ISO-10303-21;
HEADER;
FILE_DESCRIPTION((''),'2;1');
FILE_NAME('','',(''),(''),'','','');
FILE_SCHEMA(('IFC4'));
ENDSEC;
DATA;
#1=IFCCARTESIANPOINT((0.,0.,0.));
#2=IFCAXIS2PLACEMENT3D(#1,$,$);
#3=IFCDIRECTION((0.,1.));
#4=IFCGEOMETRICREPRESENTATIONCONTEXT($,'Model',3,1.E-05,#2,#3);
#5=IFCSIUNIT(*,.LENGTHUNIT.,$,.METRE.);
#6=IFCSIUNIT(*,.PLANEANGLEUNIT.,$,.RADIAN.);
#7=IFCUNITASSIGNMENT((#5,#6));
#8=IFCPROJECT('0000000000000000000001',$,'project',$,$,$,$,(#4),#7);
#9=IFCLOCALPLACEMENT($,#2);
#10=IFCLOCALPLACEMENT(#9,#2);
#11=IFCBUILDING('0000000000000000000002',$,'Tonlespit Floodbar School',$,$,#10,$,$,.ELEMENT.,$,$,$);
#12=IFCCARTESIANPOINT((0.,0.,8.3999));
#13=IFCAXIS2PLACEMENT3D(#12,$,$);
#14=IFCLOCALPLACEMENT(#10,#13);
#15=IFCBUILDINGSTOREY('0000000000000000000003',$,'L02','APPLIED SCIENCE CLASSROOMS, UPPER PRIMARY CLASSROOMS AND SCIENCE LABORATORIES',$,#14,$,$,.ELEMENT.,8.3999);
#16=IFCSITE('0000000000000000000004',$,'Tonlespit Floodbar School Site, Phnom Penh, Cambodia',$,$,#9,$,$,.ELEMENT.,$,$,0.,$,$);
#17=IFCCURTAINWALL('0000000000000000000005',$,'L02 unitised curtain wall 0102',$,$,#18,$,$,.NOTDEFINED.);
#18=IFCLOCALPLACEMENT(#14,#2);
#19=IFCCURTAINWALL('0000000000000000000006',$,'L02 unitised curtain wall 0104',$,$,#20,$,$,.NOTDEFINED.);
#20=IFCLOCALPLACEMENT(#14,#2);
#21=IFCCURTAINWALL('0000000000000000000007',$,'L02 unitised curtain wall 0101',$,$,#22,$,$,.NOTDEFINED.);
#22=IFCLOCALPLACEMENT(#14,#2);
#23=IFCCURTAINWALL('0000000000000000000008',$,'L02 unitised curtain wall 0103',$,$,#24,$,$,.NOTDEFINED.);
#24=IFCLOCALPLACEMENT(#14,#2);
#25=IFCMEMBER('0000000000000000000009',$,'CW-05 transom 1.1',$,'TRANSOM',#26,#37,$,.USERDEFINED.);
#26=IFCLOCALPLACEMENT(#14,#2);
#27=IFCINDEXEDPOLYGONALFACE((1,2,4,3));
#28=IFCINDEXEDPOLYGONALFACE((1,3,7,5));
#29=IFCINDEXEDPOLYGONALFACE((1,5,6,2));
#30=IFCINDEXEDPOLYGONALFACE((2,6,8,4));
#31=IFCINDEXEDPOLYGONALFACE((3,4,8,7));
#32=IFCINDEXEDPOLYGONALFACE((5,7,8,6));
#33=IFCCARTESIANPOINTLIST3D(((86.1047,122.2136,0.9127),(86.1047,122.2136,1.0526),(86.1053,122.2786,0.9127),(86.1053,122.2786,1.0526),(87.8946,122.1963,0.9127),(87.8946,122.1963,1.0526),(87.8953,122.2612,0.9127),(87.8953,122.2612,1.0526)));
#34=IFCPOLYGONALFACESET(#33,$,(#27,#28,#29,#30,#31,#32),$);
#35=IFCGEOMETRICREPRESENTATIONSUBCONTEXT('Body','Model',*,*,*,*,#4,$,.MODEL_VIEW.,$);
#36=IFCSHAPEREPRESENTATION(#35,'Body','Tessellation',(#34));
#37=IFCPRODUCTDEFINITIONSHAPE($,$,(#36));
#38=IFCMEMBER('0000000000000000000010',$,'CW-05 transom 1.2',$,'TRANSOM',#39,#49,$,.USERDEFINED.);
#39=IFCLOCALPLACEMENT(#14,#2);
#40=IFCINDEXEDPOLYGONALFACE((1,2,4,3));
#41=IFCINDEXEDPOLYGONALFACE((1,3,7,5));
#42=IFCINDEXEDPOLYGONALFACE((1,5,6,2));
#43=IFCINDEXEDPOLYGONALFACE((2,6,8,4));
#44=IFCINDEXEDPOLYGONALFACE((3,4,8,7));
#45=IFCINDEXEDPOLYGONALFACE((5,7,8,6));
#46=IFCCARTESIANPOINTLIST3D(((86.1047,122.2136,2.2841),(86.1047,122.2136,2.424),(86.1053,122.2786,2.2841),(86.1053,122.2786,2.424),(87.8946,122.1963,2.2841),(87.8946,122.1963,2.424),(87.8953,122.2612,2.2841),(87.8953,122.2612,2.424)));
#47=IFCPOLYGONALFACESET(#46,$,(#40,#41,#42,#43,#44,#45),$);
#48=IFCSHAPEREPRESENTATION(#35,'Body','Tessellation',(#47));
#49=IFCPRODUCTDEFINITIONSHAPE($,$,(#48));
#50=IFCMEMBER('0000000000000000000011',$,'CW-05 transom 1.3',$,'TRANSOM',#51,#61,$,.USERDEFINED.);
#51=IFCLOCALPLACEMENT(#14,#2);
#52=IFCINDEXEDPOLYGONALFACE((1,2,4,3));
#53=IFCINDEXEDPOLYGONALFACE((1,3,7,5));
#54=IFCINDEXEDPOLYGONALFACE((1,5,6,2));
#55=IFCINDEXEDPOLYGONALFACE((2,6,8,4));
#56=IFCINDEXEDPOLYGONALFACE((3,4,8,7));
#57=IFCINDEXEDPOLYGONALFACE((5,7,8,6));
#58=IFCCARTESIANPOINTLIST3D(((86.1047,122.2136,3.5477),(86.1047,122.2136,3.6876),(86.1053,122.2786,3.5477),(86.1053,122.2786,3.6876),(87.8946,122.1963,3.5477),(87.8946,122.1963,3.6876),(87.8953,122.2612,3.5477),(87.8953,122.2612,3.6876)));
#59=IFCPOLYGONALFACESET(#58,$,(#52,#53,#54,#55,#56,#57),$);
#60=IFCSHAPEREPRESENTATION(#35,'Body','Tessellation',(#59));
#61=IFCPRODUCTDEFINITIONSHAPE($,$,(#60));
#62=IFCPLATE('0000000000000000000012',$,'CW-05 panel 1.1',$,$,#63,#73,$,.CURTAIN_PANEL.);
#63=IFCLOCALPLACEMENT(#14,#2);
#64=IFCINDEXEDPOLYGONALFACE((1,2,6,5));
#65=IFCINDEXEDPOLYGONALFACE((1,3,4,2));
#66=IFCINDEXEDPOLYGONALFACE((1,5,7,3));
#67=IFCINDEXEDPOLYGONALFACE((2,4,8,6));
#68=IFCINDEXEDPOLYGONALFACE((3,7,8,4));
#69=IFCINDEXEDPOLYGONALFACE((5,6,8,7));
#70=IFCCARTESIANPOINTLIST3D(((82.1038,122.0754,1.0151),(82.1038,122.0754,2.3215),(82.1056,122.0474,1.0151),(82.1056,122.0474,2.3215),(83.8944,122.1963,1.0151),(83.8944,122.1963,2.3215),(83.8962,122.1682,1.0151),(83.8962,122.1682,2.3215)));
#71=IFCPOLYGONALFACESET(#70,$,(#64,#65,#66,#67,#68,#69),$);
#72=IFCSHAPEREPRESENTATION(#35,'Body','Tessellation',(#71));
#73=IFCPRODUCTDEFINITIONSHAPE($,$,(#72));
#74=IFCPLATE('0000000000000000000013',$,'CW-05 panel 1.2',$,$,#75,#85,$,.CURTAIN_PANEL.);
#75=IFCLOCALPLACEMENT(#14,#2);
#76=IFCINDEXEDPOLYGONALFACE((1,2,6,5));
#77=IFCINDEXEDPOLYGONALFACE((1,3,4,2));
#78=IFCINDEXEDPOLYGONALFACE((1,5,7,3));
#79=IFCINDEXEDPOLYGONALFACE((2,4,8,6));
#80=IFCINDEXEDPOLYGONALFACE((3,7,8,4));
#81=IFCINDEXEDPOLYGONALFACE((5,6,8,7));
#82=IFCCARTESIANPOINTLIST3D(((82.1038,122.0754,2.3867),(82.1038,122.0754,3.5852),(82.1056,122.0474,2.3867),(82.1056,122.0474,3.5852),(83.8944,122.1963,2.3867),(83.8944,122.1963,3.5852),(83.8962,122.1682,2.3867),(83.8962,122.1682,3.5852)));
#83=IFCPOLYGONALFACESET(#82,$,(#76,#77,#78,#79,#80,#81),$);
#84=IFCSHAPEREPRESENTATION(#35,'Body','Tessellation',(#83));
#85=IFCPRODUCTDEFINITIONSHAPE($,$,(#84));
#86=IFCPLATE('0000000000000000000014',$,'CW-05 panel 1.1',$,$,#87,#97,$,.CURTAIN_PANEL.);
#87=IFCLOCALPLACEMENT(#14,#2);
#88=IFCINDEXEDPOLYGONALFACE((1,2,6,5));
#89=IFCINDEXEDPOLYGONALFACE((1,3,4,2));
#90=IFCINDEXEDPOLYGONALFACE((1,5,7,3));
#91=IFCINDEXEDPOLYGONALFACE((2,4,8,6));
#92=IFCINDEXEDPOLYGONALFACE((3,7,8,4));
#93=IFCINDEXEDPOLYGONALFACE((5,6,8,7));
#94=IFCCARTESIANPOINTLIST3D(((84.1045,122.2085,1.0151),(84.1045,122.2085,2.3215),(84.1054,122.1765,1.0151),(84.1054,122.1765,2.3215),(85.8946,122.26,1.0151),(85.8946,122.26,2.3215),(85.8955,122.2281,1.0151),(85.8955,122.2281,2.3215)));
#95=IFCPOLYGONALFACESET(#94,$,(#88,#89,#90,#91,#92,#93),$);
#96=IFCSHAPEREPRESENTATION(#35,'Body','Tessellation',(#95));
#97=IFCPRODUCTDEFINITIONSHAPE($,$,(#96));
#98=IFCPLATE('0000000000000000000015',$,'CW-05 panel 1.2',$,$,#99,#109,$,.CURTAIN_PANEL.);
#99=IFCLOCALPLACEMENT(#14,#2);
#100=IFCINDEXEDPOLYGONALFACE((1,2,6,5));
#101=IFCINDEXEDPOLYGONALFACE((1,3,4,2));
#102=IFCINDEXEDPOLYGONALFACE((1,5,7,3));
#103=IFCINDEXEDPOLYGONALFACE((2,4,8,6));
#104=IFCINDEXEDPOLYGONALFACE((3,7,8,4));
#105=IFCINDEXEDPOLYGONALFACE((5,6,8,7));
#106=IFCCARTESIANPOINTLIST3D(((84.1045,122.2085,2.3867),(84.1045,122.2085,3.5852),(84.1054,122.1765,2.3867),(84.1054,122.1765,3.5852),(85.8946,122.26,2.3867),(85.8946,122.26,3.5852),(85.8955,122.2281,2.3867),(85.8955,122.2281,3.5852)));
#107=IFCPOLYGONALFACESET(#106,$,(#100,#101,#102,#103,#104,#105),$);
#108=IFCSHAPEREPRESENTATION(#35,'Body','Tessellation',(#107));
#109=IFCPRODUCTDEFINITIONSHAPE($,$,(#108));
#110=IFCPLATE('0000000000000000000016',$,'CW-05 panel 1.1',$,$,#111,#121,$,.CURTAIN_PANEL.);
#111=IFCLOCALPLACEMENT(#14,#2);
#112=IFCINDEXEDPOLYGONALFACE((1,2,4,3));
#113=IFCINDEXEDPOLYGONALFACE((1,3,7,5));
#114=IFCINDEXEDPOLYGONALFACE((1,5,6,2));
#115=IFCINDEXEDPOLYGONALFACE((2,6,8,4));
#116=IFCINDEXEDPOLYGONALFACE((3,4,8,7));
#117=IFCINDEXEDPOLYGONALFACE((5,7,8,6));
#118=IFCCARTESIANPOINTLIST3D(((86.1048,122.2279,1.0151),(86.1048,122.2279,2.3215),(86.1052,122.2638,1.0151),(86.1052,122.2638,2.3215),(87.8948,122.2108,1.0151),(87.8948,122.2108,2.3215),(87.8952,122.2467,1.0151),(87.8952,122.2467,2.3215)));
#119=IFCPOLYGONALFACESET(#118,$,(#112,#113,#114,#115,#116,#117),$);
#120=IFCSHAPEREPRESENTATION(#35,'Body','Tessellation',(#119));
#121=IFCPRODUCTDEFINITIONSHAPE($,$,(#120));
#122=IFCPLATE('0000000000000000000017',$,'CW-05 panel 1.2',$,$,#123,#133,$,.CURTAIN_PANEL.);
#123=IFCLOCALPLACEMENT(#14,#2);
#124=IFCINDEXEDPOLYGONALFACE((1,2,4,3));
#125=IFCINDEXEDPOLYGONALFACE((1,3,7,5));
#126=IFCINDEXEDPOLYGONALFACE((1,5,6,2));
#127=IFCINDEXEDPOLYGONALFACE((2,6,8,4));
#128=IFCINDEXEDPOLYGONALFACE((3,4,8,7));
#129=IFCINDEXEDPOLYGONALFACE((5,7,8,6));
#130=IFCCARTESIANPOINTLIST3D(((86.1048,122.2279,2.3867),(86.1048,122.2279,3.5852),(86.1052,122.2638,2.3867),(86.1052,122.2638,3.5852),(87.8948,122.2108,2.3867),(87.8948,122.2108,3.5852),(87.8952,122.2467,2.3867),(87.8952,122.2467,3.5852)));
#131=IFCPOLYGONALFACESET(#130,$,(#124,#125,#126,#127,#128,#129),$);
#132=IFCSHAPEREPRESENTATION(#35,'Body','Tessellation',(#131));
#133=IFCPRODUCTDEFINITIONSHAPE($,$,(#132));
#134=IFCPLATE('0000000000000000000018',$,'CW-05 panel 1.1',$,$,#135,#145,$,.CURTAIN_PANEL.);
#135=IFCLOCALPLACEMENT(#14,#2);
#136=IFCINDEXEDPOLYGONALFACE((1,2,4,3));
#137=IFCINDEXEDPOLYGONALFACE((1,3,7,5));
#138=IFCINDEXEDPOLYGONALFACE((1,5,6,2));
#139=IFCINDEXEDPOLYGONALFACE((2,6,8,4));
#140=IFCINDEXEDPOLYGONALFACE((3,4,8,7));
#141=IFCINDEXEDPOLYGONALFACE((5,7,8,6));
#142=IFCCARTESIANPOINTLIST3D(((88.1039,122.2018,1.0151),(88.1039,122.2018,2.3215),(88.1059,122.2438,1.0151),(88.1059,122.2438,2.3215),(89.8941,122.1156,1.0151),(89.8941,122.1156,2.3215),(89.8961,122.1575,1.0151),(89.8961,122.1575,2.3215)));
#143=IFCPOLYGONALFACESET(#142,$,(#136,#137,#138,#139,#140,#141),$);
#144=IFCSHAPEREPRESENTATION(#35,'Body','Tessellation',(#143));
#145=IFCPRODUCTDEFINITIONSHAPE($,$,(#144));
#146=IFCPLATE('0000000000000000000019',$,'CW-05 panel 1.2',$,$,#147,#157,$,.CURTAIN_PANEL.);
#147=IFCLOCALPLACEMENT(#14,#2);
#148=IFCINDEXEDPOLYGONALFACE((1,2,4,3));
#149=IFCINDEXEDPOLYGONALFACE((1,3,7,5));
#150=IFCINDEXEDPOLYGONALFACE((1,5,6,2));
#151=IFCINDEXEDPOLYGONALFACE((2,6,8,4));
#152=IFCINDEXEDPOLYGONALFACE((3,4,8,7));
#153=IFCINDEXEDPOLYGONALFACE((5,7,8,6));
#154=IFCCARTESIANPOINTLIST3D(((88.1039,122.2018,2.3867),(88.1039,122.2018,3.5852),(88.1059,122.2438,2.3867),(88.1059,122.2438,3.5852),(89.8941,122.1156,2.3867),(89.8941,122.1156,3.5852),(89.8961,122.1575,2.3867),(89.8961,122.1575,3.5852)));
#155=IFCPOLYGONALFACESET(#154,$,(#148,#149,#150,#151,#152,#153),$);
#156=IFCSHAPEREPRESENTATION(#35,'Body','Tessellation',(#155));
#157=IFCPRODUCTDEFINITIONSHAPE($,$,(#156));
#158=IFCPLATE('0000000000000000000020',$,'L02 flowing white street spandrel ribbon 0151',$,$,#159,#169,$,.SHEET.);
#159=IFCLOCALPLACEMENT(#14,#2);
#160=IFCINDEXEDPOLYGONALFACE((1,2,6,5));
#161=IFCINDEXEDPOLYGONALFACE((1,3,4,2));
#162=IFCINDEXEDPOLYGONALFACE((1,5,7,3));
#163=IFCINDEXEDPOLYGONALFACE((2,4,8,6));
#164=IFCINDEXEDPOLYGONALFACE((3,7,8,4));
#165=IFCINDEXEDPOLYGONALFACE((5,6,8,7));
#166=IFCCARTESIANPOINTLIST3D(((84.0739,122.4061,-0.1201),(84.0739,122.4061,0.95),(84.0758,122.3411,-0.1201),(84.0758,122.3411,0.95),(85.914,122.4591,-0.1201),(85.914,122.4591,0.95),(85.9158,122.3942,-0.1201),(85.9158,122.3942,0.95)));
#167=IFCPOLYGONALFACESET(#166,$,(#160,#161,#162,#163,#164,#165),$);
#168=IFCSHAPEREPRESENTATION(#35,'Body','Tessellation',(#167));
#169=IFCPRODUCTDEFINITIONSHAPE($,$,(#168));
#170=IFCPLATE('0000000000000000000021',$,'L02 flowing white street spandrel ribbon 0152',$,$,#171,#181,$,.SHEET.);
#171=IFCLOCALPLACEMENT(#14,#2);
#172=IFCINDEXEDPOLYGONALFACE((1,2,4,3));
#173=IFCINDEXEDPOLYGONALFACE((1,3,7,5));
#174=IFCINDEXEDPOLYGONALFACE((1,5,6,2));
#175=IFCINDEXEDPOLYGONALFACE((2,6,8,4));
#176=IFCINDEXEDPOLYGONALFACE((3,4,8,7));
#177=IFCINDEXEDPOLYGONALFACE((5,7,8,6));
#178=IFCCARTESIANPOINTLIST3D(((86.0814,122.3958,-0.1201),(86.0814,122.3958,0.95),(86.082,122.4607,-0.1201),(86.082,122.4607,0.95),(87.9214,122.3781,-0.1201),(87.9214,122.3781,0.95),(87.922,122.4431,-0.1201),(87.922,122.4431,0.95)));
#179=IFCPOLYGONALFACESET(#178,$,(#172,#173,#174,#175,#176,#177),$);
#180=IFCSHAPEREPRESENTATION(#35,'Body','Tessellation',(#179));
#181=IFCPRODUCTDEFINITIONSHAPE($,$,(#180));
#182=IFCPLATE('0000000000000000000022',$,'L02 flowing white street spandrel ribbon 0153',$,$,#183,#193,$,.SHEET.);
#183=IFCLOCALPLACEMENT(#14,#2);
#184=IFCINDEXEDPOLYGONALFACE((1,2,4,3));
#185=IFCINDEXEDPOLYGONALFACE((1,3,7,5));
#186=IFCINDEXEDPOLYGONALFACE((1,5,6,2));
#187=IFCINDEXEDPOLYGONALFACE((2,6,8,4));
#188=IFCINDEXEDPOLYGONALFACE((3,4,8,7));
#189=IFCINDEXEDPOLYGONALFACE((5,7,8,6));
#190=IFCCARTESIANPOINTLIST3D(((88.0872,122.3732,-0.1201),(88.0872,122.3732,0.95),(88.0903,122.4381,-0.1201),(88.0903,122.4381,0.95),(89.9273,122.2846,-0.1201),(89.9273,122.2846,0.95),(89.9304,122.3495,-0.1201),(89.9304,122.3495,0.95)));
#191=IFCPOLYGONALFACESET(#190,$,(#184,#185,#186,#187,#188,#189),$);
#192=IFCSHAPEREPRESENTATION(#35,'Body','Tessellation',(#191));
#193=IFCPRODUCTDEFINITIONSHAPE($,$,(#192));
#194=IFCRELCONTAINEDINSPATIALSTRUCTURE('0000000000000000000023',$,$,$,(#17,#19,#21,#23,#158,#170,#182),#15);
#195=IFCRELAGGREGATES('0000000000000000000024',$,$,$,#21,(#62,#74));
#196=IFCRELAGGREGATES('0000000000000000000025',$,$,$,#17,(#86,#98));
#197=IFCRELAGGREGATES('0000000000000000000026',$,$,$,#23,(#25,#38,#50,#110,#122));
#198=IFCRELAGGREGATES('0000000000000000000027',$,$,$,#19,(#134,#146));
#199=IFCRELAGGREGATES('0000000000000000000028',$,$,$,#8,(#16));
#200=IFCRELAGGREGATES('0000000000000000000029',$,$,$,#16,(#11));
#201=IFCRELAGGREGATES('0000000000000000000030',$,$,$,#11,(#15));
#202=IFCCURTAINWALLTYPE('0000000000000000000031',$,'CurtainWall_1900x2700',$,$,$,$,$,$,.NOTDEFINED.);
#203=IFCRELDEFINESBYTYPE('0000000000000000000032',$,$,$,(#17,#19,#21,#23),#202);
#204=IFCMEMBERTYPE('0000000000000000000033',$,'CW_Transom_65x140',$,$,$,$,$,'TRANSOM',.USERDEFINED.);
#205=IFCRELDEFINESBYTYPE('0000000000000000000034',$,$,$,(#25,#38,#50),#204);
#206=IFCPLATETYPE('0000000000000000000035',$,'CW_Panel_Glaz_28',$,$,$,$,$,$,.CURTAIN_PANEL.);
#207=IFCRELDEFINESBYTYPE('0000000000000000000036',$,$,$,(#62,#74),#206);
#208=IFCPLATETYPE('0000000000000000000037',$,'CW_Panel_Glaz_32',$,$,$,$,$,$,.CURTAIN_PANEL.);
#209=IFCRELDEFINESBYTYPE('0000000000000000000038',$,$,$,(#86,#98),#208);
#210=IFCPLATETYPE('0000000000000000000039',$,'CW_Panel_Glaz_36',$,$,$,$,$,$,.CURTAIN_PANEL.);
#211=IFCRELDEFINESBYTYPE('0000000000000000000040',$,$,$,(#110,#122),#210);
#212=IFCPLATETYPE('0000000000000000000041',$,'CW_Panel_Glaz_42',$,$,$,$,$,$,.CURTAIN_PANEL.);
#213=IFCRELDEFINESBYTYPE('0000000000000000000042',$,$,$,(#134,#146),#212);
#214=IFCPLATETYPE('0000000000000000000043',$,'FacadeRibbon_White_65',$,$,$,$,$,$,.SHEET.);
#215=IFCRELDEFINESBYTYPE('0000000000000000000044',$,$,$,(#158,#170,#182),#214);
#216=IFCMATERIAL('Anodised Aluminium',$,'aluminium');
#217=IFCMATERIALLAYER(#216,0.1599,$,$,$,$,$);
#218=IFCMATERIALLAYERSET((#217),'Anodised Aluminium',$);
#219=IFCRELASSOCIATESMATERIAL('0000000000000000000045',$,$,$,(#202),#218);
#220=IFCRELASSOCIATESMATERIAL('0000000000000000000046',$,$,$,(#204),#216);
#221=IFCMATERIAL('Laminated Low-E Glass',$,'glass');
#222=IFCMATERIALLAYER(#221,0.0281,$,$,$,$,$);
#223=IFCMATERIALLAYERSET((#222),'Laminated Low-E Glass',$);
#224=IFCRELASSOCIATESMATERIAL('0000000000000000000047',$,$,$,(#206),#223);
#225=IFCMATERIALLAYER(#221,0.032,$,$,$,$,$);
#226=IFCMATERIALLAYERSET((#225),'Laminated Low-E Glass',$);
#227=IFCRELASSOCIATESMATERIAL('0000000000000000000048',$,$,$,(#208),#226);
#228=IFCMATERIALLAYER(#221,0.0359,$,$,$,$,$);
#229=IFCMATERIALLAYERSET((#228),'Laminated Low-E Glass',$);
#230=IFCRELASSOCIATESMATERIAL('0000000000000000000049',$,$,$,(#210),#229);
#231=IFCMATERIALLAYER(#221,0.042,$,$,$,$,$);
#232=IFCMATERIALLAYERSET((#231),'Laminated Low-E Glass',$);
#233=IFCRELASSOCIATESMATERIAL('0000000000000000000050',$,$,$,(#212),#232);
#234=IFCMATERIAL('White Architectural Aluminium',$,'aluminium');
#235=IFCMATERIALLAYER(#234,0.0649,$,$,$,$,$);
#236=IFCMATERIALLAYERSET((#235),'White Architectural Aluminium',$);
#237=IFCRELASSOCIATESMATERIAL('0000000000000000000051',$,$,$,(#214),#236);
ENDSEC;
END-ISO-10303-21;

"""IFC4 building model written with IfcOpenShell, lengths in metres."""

from ifc_helpers import new_model, si_unit, direction, frame, origin, origin_2d, place, context, subcontext, project, spatial, rectangle, extrude, material, layer, layer_set, material_profile, profile_set, type_object, element, aggregate, save


model = new_model("IFC4")

# Units and contexts
model_context = context("Model", 3, precision=1e-05, world=origin(), true_north=direction((0.0, 1.0)))
body_context = subcontext(model_context, "Body", "Model", "MODEL_VIEW")
ifc_project = project(units=[si_unit("LENGTHUNIT", "METRE"), si_unit("PLANEANGLEUNIT", "RADIAN")], contexts=[model_context])

# Site, building, storey
site_placement = place(None, origin())
site = spatial("IfcSite", under=ifc_project, at=site_placement, Name="Tonlespit Floodbar School Site, Phnom Penh, Cambodia", CompositionType="ELEMENT", RefElevation=0.0)
building_placement = place(site_placement, origin())
building = spatial("IfcBuilding", under=site, at=building_placement, Name="Tonlespit Floodbar School", CompositionType="ELEMENT")
storey_placement = place(building_placement, frame((0.0, 0.0, 8.3999)))
storey = spatial("IfcBuildingStorey", under=building, at=storey_placement, Name="L02", Description="APPLIED SCIENCE CLASSROOMS, UPPER PRIMARY CLASSROOMS AND SCIENCE LABORATORIES", CompositionType="ELEMENT", Elevation=8.3999)

# Curtain wall
ifc_material_1 = material(Name="Anodised Aluminium", Category="aluminium")
ifc_layer_1 = layer(ifc_material_1, 0.1599)
ifc_layer_set_1 = layer_set([ifc_layer_1], Name="Anodised Aluminium")
curtain_wall_type = type_object("IfcCurtainWallType", Name="CurtainWall_1900x2700", PredefinedType="NOTDEFINED", material=ifc_layer_set_1)
curtain_wall_1_placement = place(storey_placement, origin())
curtain_wall_1 = element("IfcCurtainWall", 1, at=curtain_wall_1_placement, inside=storey, type_object=curtain_wall_type, Name="L02 unitised curtain wall 0102", PredefinedType="NOTDEFINED")

# Curtain walls
curtain_wall_2_placement = place(storey_placement, origin())
curtain_wall_2 = element("IfcCurtainWall", 2, at=curtain_wall_2_placement, inside=storey, type_object=curtain_wall_type, Name="L02 unitised curtain wall 0104", PredefinedType="NOTDEFINED")
curtain_wall_3_placement = place(storey_placement, origin())
curtain_wall_3 = element("IfcCurtainWall", 3, at=curtain_wall_3_placement, inside=storey, type_object=curtain_wall_type, Name="L02 unitised curtain wall 0101", PredefinedType="NOTDEFINED")

# Curtain wall
curtain_wall_4_placement = place(storey_placement, origin())
curtain_wall_4 = element("IfcCurtainWall", 4, at=curtain_wall_4_placement, inside=storey, type_object=curtain_wall_type, Name="L02 unitised curtain wall 0103", PredefinedType="NOTDEFINED")

# Members
ifc_material_profile_1 = material_profile(ifc_material_1, rectangle(XDim=0.0649, YDim=0.1399, at=origin_2d()), Name="ALU T65x140")
ifc_profile_set_1 = profile_set([ifc_material_profile_1], Name="Anodised Aluminium")
member_type_1 = type_object("IfcMemberType", Name="CW_Transom_65x140", ElementType="TRANSOM", PredefinedType="USERDEFINED", material=ifc_profile_set_1)
member_1_placement = place(storey_placement, frame((86.105, 122.2461, 0.9827), z_axis=(0.999953, -0.009683, 0.0), x_axis=(0.009683, 0.999953, 0.0)))
member_1 = element("IfcMember", 5, at=member_1_placement, type_object=member_type_1, Name="CW-05 transom 1.1", ObjectType="TRANSOM", PredefinedType="USERDEFINED", context=body_context, shape_type="SweptSolid", body=[
    extrude(rectangle(XDim=0.0649, YDim=0.1399, at=origin_2d()), origin(), (0.0, 0.0, 1.0), 1.79),
])
member_2_placement = place(storey_placement, frame((86.105, 122.2461, 2.354), z_axis=(0.999953, -0.009683, 0.0), x_axis=(0.009683, 0.999953, 0.0)))
member_2 = element("IfcMember", 6, at=member_2_placement, type_object=member_type_1, Name="CW-05 transom 1.2", ObjectType="TRANSOM", PredefinedType="USERDEFINED", context=body_context, shape_type="SweptSolid", body=[
    extrude(rectangle(XDim=0.0649, YDim=0.1399, at=origin_2d()), origin(), (0.0, 0.0, 1.0), 1.79),
])
member_3_placement = place(storey_placement, frame((86.105, 122.2461, 3.6177), z_axis=(0.999953, -0.009683, 0.0), x_axis=(0.009683, 0.999953, 0.0)))
member_3 = element("IfcMember", 7, at=member_3_placement, type_object=member_type_1, Name="CW-05 transom 1.3", ObjectType="TRANSOM", PredefinedType="USERDEFINED", context=body_context, shape_type="SweptSolid", body=[
    extrude(rectangle(XDim=0.0649, YDim=0.1399, at=origin_2d()), origin(), (0.0, 0.0, 1.0), 1.79),
])

# Plates
ifc_material_2 = material(Name="Laminated Low-E Glass", Category="glass")
ifc_layer_2 = layer(ifc_material_2, 0.0281)
ifc_layer_set_2 = layer_set([ifc_layer_2], Name="Laminated Low-E Glass")
plate_type_1 = type_object("IfcPlateType", Name="CW_Panel_Glaz_28", PredefinedType="CURTAIN_PANEL", material=ifc_layer_set_2)
plate_1_placement = place(storey_placement, frame((83.0, 122.1218, 1.0151), z_axis=(0.0, 0.0, 1.0), x_axis=(0.99773, 0.06734, 0.0)))
plate_1 = element("IfcPlate", 8, at=plate_1_placement, type_object=plate_type_1, Name="CW-05 panel 1.1", PredefinedType="CURTAIN_PANEL", context=body_context, shape_type="SweptSolid", body=[
    extrude(rectangle(XDim=1.7947, YDim=0.0281, at=origin_2d()), origin(), (0.0, 0.0, 1.0), 1.3064),
])
plate_2_placement = place(storey_placement, frame((83.0, 122.1218, 2.3867), z_axis=(0.0, 0.0, 1.0), x_axis=(0.99773, 0.06734, 0.0)))
plate_2 = element("IfcPlate", 9, at=plate_2_placement, type_object=plate_type_1, Name="CW-05 panel 1.2", PredefinedType="CURTAIN_PANEL", context=body_context, shape_type="SweptSolid", body=[
    extrude(rectangle(XDim=1.7947, YDim=0.0281, at=origin_2d()), origin(), (0.0, 0.0, 1.0), 1.1985),
])
aggregate(curtain_wall_3, [plate_1, plate_2])
ifc_layer_3 = layer(ifc_material_2, 0.032)
ifc_layer_set_3 = layer_set([ifc_layer_3], Name="Laminated Low-E Glass")
plate_type_2 = type_object("IfcPlateType", Name="CW_Panel_Glaz_32", PredefinedType="CURTAIN_PANEL", material=ifc_layer_set_3)
plate_3_placement = place(storey_placement, frame((85.0, 122.2183, 1.0151), z_axis=(0.0, 0.0, 1.0), x_axis=(0.999585, 0.02879, 0.0)))
plate_3 = element("IfcPlate", 10, at=plate_3_placement, type_object=plate_type_2, Name="CW-05 panel 1.1", PredefinedType="CURTAIN_PANEL", context=body_context, shape_type="SweptSolid", body=[
    extrude(rectangle(XDim=1.7908, YDim=0.032, at=origin_2d()), origin(), (0.0, 0.0, 1.0), 1.3064),
])
plate_4_placement = place(storey_placement, frame((85.0, 122.2183, 2.3867), z_axis=(0.0, 0.0, 1.0), x_axis=(0.999585, 0.02879, 0.0)))
plate_4 = element("IfcPlate", 11, at=plate_4_placement, type_object=plate_type_2, Name="CW-05 panel 1.2", PredefinedType="CURTAIN_PANEL", context=body_context, shape_type="SweptSolid", body=[
    extrude(rectangle(XDim=1.7908, YDim=0.032, at=origin_2d()), origin(), (0.0, 0.0, 1.0), 1.1985),
])
aggregate(curtain_wall_1, [plate_3, plate_4])
ifc_layer_4 = layer(ifc_material_2, 0.0359)
ifc_layer_set_4 = layer_set([ifc_layer_4], Name="Laminated Low-E Glass")
plate_type_3 = type_object("IfcPlateType", Name="CW_Panel_Glaz_36", PredefinedType="CURTAIN_PANEL", material=ifc_layer_set_4)
plate_5_placement = place(storey_placement, frame((87.0, 122.2373, 1.0151), z_axis=(0.0, 0.0, 1.0), x_axis=(0.999954, -0.009583, 0.0)))
plate_5 = element("IfcPlate", 12, at=plate_5_placement, type_object=plate_type_3, Name="CW-05 panel 1.1", PredefinedType="CURTAIN_PANEL", context=body_context, shape_type="SweptSolid", body=[
    extrude(rectangle(XDim=1.79, YDim=0.0359, at=origin_2d()), origin(), (0.0, 0.0, 1.0), 1.3064),
])
plate_6_placement = place(storey_placement, frame((87.0, 122.2373, 2.3867), z_axis=(0.0, 0.0, 1.0), x_axis=(0.999954, -0.009583, 0.0)))
plate_6 = element("IfcPlate", 13, at=plate_6_placement, type_object=plate_type_3, Name="CW-05 panel 1.2", PredefinedType="CURTAIN_PANEL", context=body_context, shape_type="SweptSolid", body=[
    extrude(rectangle(XDim=1.79, YDim=0.0359, at=origin_2d()), origin(), (0.0, 0.0, 1.0), 1.1985),
])
aggregate(curtain_wall_4, [member_1, member_2, member_3, plate_5, plate_6])
ifc_layer_5 = layer(ifc_material_2, 0.042)
ifc_layer_set_5 = layer_set([ifc_layer_5], Name="Laminated Low-E Glass")
plate_type_4 = type_object("IfcPlateType", Name="CW_Panel_Glaz_42", PredefinedType="CURTAIN_PANEL", material=ifc_layer_set_5)
plate_7_placement = place(storey_placement, frame((89.0, 122.1797, 1.0151), z_axis=(0.0, 0.0, 1.0), x_axis=(0.998842, -0.048121, 0.0)))
plate_7 = element("IfcPlate", 14, at=plate_7_placement, type_object=plate_type_4, Name="CW-05 panel 1.1", PredefinedType="CURTAIN_PANEL", context=body_context, shape_type="SweptSolid", body=[
    extrude(rectangle(XDim=1.7922, YDim=0.042, at=origin_2d()), origin(), (0.0, 0.0, 1.0), 1.3064),
])
plate_8_placement = place(storey_placement, frame((89.0, 122.1797, 2.3867), z_axis=(0.0, 0.0, 1.0), x_axis=(0.998842, -0.048121, 0.0)))
plate_8 = element("IfcPlate", 15, at=plate_8_placement, type_object=plate_type_4, Name="CW-05 panel 1.2", PredefinedType="CURTAIN_PANEL", context=body_context, shape_type="SweptSolid", body=[
    extrude(rectangle(XDim=1.7922, YDim=0.042, at=origin_2d()), origin(), (0.0, 0.0, 1.0), 1.1985),
])
aggregate(curtain_wall_2, [plate_7, plate_8])

# Plates
ifc_material_3 = material(Name="White Architectural Aluminium", Category="aluminium")
ifc_layer_6 = layer(ifc_material_3, 0.0649)
ifc_layer_set_6 = layer_set([ifc_layer_6], Name="White Architectural Aluminium")
plate_type_5 = type_object("IfcPlateType", Name="FacadeRibbon_White_65", PredefinedType="SHEET", material=ifc_layer_set_6)
plate_9_placement = place(storey_placement, frame((84.9949, 122.4001, -0.1201), z_axis=(0.0, 0.0, 1.0), x_axis=(0.999584, 0.028838, 0.0)))
element("IfcPlate", 16, at=plate_9_placement, inside=storey, type_object=plate_type_5, Name="L02 flowing white street spandrel ribbon 0151", PredefinedType="SHEET", context=body_context, shape_type="SweptSolid", body=[
    extrude(rectangle(XDim=1.8408, YDim=0.0649, at=origin_2d()), origin(), (0.0, 0.0, 1.0), 1.0701),
])
plate_10_placement = place(storey_placement, frame((87.0017, 122.4194, -0.1201), z_axis=(0.0, 0.0, 1.0), x_axis=(0.999954, -0.009599, 0.0)))
element("IfcPlate", 17, at=plate_10_placement, inside=storey, type_object=plate_type_5, Name="L02 flowing white street spandrel ribbon 0152", PredefinedType="SHEET", context=body_context, shape_type="SweptSolid", body=[
    extrude(rectangle(XDim=1.8401, YDim=0.0649, at=origin_2d()), origin(), (0.0, 0.0, 1.0), 1.0701),
])
plate_11_placement = place(storey_placement, frame((89.0088, 122.3613, -0.1201), z_axis=(0.0, 0.0, 1.0), x_axis=(0.998843, -0.048095, 0.0)))
element("IfcPlate", 18, at=plate_11_placement, inside=storey, type_object=plate_type_5, Name="L02 flowing white street spandrel ribbon 0153", PredefinedType="SHEET", context=body_context, shape_type="SweptSolid", body=[
    extrude(rectangle(XDim=1.8423, YDim=0.0649, at=origin_2d()), origin(), (0.0, 0.0, 1.0), 1.0701),
])

save(model, "model.ifc")
